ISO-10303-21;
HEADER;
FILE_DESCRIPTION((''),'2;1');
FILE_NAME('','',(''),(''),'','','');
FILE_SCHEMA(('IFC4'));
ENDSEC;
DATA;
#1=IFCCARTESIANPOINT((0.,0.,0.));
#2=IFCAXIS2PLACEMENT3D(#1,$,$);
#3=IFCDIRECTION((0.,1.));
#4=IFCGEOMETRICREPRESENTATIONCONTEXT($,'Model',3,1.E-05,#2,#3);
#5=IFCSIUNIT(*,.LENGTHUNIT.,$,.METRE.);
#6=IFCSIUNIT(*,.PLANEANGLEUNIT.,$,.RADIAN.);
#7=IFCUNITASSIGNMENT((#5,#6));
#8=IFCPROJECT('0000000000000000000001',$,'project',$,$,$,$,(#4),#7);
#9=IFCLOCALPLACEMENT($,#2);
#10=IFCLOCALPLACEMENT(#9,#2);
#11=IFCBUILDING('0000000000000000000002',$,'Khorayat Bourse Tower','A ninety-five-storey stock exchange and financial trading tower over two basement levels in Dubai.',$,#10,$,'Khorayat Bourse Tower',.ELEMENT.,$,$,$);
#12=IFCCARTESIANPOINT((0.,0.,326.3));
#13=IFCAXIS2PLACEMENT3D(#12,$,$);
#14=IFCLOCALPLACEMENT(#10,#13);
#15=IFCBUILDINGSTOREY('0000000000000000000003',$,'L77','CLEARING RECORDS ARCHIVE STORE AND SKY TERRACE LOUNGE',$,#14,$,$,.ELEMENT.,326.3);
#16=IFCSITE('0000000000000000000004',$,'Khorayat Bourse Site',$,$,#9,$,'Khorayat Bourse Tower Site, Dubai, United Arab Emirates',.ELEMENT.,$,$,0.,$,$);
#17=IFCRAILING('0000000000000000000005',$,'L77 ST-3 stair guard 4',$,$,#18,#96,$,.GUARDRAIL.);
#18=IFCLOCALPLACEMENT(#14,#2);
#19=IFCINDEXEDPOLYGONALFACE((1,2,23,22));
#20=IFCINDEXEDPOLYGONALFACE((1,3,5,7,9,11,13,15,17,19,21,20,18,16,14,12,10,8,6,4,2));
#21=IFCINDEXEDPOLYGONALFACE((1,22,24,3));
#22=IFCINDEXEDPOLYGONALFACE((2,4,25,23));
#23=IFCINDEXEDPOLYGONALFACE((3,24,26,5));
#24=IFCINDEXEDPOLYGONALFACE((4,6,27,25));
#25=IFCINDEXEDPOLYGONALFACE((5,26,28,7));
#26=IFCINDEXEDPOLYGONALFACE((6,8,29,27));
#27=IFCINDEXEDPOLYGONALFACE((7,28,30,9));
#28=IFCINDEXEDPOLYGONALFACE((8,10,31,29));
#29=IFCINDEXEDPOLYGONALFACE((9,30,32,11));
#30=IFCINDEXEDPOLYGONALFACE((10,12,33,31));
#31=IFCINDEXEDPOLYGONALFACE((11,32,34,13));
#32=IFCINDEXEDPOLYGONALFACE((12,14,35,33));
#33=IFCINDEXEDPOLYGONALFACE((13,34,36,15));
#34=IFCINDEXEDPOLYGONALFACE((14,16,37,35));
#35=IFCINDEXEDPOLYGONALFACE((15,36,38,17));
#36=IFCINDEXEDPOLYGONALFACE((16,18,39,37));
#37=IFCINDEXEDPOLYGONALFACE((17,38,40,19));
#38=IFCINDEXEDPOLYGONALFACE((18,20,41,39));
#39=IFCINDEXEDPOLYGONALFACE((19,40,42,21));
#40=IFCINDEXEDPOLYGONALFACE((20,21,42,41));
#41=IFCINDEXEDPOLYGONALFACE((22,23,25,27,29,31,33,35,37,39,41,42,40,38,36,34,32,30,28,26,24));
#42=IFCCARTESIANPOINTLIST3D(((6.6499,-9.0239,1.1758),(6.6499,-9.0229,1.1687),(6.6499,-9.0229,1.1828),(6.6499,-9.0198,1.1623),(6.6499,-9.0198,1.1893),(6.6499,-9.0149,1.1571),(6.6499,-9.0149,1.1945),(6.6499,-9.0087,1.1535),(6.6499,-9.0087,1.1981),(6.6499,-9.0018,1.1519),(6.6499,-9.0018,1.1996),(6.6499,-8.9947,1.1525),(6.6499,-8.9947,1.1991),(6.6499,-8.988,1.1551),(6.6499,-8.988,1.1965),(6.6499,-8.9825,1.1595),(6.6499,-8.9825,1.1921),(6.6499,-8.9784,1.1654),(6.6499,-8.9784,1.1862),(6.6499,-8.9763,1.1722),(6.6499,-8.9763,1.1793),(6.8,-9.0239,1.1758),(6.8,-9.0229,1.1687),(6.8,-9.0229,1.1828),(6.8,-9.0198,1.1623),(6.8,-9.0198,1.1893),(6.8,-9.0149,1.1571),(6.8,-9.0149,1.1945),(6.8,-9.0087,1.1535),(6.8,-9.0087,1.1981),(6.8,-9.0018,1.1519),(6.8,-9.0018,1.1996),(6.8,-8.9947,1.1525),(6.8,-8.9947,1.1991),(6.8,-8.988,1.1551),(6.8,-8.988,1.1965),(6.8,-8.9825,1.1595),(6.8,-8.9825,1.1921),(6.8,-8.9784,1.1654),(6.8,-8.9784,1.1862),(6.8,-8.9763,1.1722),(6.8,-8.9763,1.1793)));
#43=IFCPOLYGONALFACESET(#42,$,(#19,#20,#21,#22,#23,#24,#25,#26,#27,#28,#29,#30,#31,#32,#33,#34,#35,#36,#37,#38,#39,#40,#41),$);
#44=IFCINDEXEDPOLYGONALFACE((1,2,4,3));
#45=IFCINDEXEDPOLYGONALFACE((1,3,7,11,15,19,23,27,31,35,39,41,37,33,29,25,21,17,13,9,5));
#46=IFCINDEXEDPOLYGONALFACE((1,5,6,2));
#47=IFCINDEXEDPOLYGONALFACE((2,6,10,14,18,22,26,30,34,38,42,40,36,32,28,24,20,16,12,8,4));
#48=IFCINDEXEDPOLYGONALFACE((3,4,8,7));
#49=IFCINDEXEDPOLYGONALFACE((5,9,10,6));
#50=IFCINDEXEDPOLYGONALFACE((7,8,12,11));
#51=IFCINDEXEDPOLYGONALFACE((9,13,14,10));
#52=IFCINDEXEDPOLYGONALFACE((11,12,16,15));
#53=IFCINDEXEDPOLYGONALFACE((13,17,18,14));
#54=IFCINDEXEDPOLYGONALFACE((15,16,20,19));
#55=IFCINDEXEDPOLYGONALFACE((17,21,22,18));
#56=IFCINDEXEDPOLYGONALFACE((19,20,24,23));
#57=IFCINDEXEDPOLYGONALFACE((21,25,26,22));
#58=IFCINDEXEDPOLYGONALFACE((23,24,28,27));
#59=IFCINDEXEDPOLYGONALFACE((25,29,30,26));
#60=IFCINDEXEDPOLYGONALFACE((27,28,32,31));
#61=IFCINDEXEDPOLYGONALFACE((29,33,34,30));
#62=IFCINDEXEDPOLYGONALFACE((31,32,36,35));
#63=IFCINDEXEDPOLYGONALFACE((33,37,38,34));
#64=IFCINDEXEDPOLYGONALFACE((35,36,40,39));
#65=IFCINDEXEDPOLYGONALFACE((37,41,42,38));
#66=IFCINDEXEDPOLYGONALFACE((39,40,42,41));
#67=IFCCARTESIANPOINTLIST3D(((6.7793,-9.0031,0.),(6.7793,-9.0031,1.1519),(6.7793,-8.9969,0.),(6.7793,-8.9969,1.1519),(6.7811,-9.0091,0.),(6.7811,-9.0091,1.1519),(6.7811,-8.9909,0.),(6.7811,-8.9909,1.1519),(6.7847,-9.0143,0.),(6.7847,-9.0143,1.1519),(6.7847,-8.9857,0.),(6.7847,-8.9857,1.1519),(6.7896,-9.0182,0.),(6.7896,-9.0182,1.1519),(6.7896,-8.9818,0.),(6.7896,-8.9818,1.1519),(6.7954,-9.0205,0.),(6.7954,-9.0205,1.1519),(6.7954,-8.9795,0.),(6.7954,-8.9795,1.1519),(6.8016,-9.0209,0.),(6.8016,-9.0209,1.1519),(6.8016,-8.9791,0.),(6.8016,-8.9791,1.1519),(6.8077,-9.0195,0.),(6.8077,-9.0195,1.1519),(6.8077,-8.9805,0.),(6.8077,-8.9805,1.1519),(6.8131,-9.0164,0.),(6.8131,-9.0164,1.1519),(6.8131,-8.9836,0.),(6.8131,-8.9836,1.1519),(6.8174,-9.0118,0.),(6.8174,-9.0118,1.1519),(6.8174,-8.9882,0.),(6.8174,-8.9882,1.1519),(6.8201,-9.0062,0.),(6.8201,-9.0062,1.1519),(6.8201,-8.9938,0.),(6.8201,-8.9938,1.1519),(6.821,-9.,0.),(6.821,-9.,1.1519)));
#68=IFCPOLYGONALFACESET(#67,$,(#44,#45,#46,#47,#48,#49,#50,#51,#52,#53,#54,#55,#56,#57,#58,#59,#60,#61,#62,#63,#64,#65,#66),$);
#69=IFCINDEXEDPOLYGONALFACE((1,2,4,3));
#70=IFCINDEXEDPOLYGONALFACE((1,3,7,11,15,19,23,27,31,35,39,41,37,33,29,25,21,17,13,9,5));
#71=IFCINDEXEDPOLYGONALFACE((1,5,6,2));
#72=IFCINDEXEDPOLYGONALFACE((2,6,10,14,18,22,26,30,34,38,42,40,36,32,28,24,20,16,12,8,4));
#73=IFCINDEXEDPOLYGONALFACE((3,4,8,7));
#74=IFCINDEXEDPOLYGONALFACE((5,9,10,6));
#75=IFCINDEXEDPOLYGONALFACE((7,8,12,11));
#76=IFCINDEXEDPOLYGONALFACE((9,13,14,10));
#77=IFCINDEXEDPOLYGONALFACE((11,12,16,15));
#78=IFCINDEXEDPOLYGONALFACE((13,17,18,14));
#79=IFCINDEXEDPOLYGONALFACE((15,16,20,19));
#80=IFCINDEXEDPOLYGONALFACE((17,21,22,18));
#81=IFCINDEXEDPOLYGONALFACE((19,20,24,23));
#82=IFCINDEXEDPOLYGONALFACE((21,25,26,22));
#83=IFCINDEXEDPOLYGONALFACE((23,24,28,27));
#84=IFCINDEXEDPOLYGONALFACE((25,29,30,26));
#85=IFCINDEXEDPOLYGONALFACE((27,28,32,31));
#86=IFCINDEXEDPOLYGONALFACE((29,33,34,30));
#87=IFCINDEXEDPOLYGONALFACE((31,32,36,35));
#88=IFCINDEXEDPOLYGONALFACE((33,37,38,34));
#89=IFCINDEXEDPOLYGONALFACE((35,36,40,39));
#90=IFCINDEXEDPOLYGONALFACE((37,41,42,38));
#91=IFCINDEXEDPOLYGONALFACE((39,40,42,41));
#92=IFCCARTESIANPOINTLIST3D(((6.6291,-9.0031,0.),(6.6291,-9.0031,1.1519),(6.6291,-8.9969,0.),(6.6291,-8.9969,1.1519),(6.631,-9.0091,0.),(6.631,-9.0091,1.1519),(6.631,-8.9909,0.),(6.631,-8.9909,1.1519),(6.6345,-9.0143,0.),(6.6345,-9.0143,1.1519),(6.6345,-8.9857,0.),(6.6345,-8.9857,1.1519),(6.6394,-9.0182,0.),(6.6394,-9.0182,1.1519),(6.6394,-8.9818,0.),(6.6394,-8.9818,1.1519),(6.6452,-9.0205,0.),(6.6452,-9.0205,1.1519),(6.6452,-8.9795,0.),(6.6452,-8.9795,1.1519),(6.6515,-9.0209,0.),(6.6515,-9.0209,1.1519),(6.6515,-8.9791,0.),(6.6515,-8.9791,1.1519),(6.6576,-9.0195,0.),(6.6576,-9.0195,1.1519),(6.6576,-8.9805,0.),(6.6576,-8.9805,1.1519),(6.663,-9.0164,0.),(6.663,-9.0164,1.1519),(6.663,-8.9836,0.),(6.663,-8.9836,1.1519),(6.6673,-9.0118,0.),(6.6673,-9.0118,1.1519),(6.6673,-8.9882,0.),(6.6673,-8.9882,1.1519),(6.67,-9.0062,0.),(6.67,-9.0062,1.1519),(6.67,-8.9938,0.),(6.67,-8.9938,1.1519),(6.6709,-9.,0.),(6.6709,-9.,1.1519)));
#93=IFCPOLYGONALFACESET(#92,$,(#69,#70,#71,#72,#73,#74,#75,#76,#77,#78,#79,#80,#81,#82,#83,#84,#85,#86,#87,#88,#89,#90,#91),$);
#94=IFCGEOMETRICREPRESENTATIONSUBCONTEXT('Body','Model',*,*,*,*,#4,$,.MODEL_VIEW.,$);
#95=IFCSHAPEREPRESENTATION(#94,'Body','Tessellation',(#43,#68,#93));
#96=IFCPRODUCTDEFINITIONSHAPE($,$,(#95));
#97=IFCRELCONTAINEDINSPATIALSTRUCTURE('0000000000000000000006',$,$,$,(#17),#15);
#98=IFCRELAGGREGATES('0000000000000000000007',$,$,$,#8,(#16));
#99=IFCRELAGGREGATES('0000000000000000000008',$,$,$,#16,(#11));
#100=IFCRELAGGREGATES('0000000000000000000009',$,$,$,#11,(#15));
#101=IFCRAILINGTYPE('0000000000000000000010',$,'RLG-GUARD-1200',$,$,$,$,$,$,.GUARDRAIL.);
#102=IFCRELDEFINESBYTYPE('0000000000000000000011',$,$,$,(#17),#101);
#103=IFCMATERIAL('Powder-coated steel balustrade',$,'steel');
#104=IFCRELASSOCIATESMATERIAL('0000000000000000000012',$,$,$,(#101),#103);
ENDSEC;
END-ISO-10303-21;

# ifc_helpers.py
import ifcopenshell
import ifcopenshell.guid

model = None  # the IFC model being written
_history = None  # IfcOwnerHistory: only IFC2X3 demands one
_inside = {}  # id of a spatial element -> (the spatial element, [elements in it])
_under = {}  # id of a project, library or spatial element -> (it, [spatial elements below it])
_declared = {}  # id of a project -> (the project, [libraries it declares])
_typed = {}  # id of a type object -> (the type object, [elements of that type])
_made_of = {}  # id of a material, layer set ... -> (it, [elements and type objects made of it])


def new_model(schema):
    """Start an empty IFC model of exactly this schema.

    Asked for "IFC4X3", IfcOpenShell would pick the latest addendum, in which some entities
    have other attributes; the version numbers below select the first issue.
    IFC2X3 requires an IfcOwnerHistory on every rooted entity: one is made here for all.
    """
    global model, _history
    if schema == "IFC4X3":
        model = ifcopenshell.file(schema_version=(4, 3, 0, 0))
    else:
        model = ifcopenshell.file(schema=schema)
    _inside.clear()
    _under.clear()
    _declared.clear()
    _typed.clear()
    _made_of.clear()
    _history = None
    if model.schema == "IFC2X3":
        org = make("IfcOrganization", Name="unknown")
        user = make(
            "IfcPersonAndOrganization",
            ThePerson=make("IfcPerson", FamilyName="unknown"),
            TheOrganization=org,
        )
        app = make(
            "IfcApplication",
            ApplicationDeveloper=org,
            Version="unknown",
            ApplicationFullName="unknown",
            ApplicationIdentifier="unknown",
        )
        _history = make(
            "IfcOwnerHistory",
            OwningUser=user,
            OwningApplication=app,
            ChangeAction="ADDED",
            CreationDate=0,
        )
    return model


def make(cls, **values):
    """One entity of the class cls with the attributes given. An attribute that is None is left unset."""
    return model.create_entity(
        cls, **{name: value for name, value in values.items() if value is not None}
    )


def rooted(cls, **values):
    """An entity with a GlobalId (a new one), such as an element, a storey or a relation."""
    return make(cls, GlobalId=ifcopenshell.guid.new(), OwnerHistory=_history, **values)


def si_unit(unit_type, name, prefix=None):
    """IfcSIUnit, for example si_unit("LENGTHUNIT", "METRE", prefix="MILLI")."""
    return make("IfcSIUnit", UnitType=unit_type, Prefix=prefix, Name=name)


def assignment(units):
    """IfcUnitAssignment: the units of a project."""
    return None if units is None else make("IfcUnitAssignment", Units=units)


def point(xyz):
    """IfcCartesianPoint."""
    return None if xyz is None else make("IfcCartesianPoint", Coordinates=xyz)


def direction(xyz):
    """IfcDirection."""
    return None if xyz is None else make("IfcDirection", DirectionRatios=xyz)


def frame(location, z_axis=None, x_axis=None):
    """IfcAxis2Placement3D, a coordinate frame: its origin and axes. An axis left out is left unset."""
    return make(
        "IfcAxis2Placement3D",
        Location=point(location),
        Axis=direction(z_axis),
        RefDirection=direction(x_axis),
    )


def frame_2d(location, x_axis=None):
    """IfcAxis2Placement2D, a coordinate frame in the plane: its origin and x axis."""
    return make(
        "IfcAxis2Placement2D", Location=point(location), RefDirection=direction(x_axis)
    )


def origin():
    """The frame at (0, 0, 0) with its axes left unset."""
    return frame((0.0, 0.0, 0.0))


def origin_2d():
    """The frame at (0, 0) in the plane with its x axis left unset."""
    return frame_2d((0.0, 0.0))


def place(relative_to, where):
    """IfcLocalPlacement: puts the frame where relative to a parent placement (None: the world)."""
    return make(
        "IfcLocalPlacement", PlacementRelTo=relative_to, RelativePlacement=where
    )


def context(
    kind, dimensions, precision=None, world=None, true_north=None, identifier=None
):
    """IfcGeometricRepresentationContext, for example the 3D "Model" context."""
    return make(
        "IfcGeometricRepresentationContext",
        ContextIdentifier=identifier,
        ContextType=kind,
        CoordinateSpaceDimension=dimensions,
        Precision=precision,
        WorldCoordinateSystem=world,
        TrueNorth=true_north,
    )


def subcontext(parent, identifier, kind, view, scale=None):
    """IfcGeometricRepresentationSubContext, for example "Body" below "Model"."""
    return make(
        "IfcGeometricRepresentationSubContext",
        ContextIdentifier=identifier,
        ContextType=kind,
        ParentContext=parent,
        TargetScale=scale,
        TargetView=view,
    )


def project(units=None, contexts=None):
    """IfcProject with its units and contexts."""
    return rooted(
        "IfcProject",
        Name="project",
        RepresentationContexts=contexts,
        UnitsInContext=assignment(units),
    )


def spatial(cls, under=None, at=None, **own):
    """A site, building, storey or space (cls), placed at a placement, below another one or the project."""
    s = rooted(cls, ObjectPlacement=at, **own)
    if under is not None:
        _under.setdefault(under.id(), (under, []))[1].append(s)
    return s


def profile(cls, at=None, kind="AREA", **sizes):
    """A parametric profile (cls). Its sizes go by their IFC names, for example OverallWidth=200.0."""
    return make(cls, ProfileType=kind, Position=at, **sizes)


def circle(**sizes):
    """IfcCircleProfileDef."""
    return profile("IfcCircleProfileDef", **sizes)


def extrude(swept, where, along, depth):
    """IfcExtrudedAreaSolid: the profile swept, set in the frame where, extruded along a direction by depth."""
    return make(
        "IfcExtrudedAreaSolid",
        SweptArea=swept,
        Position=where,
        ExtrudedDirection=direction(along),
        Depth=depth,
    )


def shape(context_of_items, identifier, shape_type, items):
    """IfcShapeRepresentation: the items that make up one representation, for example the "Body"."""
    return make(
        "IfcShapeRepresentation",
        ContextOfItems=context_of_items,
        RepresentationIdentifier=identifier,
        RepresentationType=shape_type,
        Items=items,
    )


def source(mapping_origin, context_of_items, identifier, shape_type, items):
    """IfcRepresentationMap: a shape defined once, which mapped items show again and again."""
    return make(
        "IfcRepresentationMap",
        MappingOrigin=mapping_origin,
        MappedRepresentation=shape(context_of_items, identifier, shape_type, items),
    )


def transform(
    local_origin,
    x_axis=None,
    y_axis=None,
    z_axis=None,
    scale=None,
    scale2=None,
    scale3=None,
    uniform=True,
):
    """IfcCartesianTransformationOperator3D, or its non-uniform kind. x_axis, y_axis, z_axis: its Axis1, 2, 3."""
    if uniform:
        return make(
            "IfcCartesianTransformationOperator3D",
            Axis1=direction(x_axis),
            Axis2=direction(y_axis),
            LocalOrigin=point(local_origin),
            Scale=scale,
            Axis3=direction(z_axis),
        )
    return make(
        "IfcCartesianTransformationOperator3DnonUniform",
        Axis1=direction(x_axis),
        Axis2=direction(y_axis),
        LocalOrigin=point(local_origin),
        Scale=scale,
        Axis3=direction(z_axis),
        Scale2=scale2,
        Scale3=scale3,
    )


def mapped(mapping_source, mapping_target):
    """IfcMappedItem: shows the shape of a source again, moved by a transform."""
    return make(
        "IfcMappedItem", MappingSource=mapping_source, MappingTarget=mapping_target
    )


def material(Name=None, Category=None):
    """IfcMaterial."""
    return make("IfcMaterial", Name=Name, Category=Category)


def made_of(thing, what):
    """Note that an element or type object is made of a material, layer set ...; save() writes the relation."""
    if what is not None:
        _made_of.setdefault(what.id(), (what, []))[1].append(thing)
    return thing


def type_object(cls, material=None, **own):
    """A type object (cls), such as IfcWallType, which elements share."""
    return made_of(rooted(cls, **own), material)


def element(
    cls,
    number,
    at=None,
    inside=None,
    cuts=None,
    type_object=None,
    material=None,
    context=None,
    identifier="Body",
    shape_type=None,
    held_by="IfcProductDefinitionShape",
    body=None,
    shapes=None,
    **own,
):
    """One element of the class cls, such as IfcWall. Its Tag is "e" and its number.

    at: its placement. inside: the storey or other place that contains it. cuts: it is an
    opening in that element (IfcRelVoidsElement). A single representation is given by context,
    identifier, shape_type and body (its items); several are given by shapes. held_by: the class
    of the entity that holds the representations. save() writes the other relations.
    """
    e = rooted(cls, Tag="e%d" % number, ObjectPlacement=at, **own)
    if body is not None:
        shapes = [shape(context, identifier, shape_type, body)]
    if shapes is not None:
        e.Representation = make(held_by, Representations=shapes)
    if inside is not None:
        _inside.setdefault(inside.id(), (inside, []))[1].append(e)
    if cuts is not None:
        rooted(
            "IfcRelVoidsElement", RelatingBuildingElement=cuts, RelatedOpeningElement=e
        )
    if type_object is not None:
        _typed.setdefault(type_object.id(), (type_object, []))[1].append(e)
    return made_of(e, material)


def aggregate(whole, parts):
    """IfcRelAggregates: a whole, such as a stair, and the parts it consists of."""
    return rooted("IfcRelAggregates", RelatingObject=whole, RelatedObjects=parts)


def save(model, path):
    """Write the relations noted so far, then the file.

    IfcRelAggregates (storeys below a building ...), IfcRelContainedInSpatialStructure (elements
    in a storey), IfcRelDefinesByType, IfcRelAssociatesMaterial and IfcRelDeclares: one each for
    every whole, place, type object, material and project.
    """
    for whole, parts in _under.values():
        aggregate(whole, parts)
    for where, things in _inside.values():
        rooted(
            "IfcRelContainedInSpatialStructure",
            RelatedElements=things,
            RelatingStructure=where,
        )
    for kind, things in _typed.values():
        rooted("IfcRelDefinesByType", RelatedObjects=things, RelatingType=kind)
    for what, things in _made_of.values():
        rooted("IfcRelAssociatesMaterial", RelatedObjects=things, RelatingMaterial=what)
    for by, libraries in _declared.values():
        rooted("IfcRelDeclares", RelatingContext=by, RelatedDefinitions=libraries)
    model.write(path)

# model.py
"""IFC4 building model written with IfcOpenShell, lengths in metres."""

from ifc_helpers import new_model, si_unit, direction, frame, origin, origin_2d, place, context, subcontext, project, spatial, circle, extrude, source, transform, mapped, material, type_object, element, save


model = new_model("IFC4")

# Units and contexts
model_context = context("Model", 3, precision=1e-05, world=origin(), true_north=direction((0.0, 1.0)))
body_context = subcontext(model_context, "Body", "Model", "MODEL_VIEW")
ifc_project = project(units=[si_unit("LENGTHUNIT", "METRE"), si_unit("PLANEANGLEUNIT", "RADIAN")], contexts=[model_context])

# Site, building, storey
site_placement = place(None, origin())
site = spatial("IfcSite", under=ifc_project, at=site_placement, Name="Khorayat Bourse Site", LongName="Khorayat Bourse Tower Site, Dubai, United Arab Emirates", CompositionType="ELEMENT", RefElevation=0.0)
building_placement = place(site_placement, origin())
building = spatial("IfcBuilding", under=site, at=building_placement, Name="Khorayat Bourse Tower", Description="A ninety-five-storey stock exchange and financial trading tower over two basement levels in Dubai.", LongName="Khorayat Bourse Tower", CompositionType="ELEMENT")
storey_placement = place(building_placement, frame((0.0, 0.0, 326.3)))
storey = spatial("IfcBuildingStorey", under=building, at=storey_placement, Name="L77", Description="CLEARING RECORDS ARCHIVE STORE AND SKY TERRACE LOUNGE", CompositionType="ELEMENT", Elevation=326.3)

# Railing
ifc_material_1 = material(Name="Powder-coated steel balustrade", Category="steel")
railing_type_1 = type_object("IfcRailingType", Name="RLG-GUARD-1200", PredefinedType="GUARDRAIL", material=ifc_material_1)
shared_shape_1 = source(origin(), body_context, "Body", "SweptSolid", [
    extrude(circle(Radius=0.0239, at=origin_2d()), frame((0.0, 0.0, 1.1758), z_axis=(-1.0, 0.0, 0.0), x_axis=(0.0, -1.0, 0.0)), (0.0, 0.0, 1.0), 0.1501),
    extrude(circle(Radius=0.021, at=origin_2d()), origin(), (0.0, 0.0, 1.0), 1.1519),
    extrude(circle(Radius=0.021, at=origin_2d()), frame((-0.1501, 0.0, 0.0)), (0.0, 0.0, 1.0), 1.1519),
])
railing_1_placement = place(storey_placement, frame((6.8, -9.0, 0.0)))
element("IfcRailing", 1, at=railing_1_placement, inside=storey, type_object=railing_type_1, Name="L77 ST-3 stair guard 4", PredefinedType="GUARDRAIL", context=body_context, shape_type="MappedRepresentation", body=[
    mapped(shared_shape_1, transform((0.0, 0.0, 0.0), scale=1.0)),
])

save(model, "model.ifc")
